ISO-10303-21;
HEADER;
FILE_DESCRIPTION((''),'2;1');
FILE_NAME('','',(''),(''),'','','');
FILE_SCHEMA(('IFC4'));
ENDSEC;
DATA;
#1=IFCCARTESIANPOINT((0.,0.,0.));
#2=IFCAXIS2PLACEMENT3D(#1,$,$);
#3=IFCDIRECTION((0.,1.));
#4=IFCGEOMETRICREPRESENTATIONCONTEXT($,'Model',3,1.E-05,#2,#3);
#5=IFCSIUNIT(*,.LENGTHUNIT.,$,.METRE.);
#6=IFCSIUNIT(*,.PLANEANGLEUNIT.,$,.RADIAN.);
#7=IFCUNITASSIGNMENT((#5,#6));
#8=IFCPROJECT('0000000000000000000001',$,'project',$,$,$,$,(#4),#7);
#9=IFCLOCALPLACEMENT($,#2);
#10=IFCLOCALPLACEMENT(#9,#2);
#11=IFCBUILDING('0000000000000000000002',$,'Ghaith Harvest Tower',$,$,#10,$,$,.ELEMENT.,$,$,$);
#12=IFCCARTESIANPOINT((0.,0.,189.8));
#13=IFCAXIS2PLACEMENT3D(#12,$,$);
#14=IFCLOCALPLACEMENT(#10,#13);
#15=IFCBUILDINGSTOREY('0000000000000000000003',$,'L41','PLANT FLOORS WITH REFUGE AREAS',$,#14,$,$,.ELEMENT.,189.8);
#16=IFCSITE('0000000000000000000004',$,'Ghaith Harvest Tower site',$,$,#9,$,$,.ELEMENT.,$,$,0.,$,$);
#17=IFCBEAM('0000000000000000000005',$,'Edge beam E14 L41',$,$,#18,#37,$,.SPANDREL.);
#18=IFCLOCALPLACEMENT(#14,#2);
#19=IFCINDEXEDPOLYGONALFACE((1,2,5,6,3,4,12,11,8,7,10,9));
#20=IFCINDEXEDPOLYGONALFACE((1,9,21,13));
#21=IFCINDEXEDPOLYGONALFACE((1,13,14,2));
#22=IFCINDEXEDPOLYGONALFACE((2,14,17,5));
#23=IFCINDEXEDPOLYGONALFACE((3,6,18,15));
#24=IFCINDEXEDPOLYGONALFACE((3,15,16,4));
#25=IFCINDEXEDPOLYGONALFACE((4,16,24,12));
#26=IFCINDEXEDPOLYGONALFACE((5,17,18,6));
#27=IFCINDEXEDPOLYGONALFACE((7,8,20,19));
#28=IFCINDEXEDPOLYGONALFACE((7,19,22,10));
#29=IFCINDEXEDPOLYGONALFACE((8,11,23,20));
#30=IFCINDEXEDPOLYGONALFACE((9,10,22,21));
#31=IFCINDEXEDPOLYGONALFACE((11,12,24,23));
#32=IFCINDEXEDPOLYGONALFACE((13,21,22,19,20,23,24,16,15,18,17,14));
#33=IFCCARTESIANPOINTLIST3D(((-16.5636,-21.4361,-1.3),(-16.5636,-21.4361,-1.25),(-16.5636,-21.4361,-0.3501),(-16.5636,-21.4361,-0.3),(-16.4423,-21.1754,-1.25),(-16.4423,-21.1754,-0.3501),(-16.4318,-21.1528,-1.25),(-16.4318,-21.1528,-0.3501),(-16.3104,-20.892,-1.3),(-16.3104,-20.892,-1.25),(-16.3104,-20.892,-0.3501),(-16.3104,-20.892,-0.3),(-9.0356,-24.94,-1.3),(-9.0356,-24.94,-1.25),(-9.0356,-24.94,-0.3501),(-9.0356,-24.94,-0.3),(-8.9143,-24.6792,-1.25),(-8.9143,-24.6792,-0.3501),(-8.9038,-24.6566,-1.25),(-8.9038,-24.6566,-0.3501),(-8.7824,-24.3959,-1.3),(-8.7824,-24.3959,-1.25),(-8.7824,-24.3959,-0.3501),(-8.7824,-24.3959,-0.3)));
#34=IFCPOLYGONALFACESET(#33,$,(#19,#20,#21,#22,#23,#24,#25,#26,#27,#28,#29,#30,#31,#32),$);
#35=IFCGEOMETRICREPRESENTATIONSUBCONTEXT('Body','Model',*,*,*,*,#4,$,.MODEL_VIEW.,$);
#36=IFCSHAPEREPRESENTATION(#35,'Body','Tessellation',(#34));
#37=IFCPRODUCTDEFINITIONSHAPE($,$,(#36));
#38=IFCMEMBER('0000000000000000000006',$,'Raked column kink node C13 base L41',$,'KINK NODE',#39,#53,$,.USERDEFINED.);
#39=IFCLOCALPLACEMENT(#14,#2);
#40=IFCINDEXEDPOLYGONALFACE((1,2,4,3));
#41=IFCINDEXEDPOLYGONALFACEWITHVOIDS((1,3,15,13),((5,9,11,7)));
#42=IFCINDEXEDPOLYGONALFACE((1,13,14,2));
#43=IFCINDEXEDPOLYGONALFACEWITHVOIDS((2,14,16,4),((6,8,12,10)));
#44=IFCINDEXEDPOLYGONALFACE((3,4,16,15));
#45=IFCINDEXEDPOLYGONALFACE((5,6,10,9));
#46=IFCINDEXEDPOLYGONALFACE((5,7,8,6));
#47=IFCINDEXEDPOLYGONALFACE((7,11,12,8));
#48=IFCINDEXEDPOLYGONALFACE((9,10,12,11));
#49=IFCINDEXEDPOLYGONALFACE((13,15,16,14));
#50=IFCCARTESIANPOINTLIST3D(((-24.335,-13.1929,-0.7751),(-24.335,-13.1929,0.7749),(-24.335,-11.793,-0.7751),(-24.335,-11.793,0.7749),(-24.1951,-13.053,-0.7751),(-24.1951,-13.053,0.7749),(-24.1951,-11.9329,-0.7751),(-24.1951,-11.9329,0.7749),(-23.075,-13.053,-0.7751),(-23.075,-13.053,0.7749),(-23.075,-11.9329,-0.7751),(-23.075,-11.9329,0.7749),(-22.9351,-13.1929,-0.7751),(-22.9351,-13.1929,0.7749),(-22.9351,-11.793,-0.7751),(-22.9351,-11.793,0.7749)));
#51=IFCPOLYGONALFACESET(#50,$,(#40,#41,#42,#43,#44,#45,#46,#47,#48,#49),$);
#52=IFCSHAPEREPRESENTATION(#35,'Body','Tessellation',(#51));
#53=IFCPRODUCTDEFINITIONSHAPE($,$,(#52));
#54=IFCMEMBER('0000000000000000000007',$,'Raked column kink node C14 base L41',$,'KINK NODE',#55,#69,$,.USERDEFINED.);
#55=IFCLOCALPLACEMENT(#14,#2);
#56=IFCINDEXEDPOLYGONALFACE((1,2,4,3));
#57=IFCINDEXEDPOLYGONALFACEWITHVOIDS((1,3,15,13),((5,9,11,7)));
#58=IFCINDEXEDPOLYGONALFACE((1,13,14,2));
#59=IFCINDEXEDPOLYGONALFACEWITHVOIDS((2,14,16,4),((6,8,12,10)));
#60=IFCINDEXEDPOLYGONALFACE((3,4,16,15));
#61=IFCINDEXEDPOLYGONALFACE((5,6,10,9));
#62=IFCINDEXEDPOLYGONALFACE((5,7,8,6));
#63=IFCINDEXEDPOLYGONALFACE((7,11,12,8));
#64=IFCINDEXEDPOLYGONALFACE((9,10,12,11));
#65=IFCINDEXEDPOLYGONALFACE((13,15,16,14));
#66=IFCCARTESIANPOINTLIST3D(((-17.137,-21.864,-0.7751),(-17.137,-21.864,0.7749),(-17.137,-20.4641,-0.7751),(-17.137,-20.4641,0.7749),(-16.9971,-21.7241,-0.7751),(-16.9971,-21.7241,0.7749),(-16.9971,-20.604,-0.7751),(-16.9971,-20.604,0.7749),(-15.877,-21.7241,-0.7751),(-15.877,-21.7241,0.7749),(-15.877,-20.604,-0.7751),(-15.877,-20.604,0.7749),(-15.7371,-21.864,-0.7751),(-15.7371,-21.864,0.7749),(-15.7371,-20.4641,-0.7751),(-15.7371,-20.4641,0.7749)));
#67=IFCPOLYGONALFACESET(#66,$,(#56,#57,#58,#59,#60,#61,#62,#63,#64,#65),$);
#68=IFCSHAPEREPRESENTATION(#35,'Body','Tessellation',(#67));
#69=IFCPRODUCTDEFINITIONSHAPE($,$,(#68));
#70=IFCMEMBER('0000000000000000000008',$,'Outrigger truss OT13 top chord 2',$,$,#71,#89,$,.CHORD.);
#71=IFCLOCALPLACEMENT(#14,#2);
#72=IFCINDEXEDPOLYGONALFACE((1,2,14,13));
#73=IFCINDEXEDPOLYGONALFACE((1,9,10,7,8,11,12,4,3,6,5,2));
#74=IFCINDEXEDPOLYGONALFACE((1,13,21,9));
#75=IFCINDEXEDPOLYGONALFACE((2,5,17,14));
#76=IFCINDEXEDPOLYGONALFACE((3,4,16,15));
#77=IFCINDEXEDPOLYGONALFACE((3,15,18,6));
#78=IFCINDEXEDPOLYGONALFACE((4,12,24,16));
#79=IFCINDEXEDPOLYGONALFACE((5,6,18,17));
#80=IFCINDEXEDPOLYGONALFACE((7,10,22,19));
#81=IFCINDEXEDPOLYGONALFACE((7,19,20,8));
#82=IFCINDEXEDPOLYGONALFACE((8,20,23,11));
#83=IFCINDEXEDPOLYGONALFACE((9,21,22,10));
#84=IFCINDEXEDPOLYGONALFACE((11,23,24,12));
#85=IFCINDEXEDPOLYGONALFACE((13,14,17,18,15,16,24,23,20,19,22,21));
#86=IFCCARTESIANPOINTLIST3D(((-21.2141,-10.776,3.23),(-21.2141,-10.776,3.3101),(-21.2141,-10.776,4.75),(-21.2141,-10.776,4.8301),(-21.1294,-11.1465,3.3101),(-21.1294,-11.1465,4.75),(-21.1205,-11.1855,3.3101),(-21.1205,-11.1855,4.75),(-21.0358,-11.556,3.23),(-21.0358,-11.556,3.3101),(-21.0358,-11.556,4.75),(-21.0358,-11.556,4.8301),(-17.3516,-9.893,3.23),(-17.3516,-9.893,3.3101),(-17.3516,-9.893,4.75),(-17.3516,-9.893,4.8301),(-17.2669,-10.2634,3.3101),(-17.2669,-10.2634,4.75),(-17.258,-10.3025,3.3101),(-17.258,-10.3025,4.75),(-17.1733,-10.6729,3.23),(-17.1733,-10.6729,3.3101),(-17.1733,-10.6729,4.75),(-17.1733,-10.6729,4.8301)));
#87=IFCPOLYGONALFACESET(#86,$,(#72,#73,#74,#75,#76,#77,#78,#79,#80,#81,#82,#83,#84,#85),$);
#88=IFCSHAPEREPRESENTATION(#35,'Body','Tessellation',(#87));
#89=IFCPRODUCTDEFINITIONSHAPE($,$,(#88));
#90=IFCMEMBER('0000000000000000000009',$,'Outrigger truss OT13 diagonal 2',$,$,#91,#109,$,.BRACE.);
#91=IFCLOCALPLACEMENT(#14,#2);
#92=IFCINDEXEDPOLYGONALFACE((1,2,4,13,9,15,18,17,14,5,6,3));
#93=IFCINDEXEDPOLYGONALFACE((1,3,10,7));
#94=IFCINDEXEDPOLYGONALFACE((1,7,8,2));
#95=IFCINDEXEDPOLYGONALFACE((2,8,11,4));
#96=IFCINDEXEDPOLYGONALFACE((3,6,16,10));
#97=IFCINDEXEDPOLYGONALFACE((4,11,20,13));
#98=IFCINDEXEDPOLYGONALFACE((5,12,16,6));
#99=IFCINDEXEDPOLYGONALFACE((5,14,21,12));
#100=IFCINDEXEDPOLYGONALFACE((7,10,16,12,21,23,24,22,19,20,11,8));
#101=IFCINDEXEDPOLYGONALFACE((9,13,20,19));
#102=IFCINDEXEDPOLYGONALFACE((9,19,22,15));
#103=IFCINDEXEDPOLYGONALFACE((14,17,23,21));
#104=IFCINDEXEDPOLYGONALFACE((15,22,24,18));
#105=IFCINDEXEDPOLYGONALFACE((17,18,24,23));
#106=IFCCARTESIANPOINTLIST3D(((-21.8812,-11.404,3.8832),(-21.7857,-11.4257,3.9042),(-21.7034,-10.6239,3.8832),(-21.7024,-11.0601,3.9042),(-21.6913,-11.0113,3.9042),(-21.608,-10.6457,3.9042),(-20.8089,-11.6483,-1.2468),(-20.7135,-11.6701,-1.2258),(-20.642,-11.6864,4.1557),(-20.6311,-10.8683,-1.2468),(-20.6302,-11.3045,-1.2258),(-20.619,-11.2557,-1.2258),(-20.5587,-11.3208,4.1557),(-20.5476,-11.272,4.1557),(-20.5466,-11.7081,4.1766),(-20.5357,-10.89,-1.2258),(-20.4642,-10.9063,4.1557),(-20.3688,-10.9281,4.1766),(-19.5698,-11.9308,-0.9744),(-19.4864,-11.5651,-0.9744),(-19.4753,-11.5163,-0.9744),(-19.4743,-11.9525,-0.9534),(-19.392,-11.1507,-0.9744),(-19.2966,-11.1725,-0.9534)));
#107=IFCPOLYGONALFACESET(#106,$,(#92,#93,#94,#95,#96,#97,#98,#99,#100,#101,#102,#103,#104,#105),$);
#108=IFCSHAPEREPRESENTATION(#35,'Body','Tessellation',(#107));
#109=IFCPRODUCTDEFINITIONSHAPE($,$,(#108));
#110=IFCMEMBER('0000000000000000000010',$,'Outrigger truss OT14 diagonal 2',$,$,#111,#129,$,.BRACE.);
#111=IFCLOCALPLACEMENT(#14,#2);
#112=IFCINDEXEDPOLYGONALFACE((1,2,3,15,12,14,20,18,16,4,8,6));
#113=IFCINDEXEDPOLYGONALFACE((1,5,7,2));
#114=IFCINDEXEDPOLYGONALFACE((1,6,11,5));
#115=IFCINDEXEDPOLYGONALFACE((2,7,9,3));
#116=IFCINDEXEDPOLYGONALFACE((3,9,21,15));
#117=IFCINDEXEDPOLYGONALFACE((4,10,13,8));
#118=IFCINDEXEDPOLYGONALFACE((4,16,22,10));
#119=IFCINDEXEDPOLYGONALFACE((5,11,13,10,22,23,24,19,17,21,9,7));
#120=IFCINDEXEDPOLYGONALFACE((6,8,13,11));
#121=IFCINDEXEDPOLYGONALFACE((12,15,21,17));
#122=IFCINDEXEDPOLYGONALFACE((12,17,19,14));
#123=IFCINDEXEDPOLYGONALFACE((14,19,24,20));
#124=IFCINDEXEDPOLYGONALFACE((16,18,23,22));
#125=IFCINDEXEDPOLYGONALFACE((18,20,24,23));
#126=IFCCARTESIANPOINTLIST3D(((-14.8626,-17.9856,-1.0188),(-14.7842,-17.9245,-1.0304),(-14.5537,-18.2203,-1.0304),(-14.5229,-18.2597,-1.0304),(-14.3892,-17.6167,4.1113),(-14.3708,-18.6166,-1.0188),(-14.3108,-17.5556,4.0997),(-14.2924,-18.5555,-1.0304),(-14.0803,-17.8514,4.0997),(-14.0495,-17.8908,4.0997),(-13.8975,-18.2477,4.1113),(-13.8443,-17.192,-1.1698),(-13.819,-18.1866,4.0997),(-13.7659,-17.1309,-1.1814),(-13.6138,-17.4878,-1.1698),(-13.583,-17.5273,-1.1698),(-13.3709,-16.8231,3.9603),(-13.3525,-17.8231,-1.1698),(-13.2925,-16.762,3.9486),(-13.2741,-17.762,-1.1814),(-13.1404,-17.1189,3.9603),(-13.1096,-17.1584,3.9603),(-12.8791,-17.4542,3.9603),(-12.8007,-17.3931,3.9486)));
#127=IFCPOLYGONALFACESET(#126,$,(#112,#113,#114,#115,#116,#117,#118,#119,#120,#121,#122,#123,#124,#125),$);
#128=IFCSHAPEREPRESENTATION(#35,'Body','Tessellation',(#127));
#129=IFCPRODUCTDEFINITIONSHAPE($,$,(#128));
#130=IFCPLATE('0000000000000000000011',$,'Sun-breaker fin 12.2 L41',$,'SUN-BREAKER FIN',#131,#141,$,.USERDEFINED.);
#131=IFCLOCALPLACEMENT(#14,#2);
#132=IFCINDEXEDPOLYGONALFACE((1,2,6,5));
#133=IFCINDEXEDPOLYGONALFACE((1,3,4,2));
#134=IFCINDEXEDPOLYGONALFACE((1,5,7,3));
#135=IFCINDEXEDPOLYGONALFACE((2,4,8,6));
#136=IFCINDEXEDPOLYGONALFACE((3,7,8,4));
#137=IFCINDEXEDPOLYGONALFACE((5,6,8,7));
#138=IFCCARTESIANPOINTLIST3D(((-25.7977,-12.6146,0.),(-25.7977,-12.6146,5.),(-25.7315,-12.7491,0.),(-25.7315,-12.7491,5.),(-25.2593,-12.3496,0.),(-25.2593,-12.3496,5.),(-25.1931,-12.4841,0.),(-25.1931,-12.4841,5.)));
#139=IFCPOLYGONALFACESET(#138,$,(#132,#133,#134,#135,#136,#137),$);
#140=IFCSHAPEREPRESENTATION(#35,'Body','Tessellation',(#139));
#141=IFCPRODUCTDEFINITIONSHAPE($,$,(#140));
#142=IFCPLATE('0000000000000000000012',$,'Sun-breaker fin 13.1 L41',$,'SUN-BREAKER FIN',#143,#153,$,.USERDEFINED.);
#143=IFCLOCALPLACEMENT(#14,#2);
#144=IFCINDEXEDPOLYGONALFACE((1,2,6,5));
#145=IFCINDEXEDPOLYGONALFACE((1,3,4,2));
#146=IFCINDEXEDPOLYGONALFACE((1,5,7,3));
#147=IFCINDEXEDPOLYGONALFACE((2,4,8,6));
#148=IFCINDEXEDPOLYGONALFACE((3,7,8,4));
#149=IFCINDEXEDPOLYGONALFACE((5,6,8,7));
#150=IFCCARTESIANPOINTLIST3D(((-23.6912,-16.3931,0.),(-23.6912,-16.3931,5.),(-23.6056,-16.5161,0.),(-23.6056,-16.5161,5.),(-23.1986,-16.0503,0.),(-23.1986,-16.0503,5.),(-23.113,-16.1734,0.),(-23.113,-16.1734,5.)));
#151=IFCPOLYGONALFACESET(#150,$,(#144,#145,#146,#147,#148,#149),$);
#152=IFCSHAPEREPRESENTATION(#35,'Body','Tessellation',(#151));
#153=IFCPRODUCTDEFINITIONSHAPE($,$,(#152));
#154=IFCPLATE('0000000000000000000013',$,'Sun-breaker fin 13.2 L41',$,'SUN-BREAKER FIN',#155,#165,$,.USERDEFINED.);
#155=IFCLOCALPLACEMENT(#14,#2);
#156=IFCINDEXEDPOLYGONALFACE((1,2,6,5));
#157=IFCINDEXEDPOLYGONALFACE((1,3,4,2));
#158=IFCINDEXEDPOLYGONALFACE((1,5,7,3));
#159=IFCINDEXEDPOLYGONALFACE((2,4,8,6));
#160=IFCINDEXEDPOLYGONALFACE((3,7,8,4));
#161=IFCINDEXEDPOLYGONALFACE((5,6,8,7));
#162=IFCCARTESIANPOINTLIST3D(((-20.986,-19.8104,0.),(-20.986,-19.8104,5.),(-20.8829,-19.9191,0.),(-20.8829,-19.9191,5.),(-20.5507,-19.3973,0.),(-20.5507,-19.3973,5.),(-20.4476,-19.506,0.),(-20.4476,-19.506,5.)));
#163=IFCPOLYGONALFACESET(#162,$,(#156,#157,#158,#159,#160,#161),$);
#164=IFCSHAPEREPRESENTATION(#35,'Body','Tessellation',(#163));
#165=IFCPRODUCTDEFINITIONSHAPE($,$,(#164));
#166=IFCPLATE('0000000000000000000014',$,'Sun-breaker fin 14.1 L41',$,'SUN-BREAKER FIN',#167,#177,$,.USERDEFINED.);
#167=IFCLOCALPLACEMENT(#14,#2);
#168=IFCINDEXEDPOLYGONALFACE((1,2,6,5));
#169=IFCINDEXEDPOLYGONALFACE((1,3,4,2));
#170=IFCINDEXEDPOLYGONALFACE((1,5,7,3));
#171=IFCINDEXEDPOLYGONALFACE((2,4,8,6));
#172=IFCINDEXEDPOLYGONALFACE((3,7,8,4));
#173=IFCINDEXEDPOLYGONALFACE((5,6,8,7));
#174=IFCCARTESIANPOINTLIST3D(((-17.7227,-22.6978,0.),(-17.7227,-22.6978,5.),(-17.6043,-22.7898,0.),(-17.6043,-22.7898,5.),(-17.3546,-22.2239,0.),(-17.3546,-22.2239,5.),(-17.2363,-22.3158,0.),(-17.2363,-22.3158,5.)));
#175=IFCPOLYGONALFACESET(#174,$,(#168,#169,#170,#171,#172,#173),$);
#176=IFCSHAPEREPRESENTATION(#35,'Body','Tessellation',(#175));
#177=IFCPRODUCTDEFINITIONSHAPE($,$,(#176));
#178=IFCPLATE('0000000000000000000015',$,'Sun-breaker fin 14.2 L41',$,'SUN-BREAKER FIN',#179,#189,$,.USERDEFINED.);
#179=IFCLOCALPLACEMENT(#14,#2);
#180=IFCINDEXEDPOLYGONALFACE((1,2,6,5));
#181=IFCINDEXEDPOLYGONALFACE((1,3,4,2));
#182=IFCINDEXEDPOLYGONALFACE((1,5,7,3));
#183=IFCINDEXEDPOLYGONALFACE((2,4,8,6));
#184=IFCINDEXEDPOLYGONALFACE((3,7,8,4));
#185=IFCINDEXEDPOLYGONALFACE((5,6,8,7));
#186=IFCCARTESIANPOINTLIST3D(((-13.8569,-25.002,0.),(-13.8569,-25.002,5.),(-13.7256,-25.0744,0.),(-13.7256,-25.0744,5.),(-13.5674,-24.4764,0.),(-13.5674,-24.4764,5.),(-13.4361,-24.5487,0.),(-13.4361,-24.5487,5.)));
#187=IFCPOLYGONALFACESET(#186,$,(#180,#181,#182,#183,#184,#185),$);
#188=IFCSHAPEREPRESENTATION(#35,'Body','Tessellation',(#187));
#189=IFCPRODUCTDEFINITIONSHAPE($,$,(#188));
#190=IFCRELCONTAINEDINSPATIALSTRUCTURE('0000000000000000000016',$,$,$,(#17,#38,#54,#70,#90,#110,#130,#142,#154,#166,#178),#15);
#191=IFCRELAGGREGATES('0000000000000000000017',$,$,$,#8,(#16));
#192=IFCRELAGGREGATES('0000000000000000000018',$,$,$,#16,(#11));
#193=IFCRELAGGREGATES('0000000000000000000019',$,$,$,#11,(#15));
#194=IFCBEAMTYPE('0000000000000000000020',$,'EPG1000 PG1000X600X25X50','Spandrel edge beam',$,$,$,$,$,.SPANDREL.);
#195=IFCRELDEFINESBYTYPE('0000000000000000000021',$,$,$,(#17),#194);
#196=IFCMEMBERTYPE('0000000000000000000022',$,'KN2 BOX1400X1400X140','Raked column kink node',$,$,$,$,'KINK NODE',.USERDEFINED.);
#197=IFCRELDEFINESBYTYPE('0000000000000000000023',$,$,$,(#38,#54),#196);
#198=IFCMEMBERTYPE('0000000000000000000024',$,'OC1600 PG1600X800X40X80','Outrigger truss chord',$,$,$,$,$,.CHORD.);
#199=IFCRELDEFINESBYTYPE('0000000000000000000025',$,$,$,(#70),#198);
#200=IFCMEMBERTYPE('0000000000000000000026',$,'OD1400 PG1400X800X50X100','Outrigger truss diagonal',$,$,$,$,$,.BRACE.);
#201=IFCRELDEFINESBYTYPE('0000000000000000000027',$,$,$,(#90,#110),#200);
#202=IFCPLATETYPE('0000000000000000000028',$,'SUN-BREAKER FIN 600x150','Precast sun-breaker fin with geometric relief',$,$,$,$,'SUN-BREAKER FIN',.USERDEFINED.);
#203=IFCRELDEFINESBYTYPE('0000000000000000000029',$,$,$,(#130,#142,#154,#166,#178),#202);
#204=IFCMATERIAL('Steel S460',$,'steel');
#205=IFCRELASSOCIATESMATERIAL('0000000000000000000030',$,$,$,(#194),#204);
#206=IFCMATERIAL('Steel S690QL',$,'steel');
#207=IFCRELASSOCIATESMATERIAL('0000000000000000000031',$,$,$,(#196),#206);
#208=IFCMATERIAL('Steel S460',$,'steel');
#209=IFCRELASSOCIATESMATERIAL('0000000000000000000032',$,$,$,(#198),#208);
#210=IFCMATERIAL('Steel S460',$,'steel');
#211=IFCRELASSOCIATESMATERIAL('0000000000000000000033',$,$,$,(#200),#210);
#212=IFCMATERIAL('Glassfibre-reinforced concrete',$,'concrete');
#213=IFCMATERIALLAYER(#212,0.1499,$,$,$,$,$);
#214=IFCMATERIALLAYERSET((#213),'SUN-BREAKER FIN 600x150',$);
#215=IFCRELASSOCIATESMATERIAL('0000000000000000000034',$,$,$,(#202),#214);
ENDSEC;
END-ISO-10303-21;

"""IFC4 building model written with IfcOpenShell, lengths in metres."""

from ifc_helpers import new_model, si_unit, direction, frame, origin, origin_2d, place, context, subcontext, project, spatial, rectangle, hollow_rectangle, i_section, extrude, material, layer, layer_set, material_profile, profile_set, type_object, element, save


model = new_model("IFC4")

# Units and contexts
model_context = context("Model", 3, precision=1e-05, world=origin(), true_north=direction((0.0, 1.0)))
body_context = subcontext(model_context, "Body", "Model", "MODEL_VIEW")
ifc_project = project(units=[si_unit("LENGTHUNIT", "METRE"), si_unit("PLANEANGLEUNIT", "RADIAN")], contexts=[model_context])

# Site, building, storey
site_placement = place(None, origin())
site = spatial("IfcSite", under=ifc_project, at=site_placement, Name="Ghaith Harvest Tower site", CompositionType="ELEMENT", RefElevation=0.0)
building_placement = place(site_placement, origin())
building = spatial("IfcBuilding", under=site, at=building_placement, Name="Ghaith Harvest Tower", CompositionType="ELEMENT")
storey_placement = place(building_placement, frame((0.0, 0.0, 189.8)))
storey = spatial("IfcBuildingStorey", under=building, at=storey_placement, Name="L41", Description="PLANT FLOORS WITH REFUGE AREAS", CompositionType="ELEMENT", Elevation=189.8)

# Beam
ifc_material_1 = material(Name="Steel S460", Category="steel")
ifc_material_profile_1 = material_profile(ifc_material_1, i_section(OverallWidth=0.6001, OverallDepth=1.0, WebThickness=0.0249, FlangeThickness=0.05, at=origin_2d()), Name="PG1000X600X25X50")
ifc_profile_set_1 = profile_set([ifc_material_profile_1], Name="Steel S460")
beam_type = type_object("IfcBeamType", Name="EPG1000 PG1000X600X25X50", Description="Spandrel edge beam", PredefinedType="SPANDREL", material=ifc_profile_set_1)
beam_1_placement = place(storey_placement, frame((-16.437, -21.1641, -0.8), z_axis=(0.906607, -0.421976, 0.0), x_axis=(0.421976, 0.906607, 0.0)))
element("IfcBeam", 1, at=beam_1_placement, inside=storey, type_object=beam_type, Name="Edge beam E14 L41", PredefinedType="SPANDREL", context=body_context, shape_type="SweptSolid", body=[
    extrude(i_section(OverallWidth=0.6001, OverallDepth=1.0, WebThickness=0.0249, FlangeThickness=0.05, at=origin_2d()), origin(), (0.0, 0.0, 1.0), 8.3035),
])

# Members
ifc_material_2 = material(Name="Steel S690QL", Category="steel")
ifc_material_profile_2 = material_profile(ifc_material_2, hollow_rectangle(XDim=1.3999, YDim=1.3999, WallThickness=0.1399, at=origin_2d()), Name="BOX1400X1400X140")
ifc_profile_set_2 = profile_set([ifc_material_profile_2], Name="Steel S690QL")
member_type_1 = type_object("IfcMemberType", Name="KN2 BOX1400X1400X140", Description="Raked column kink node", ElementType="KINK NODE", PredefinedType="USERDEFINED", material=ifc_profile_set_2)
for number, where, z_axis, x_axis, name in (
    (2, (-23.635, -12.4929, -0.7751), (0.0, 0.0, 1.0), (1.0, 0.0, 0.0), "Raked column kink node C13 base L41"),
    (3, (-16.437, -21.1641, -0.7751), (0.0, 0.0, 1.0), (1.0, 0.0, 0.0), "Raked column kink node C14 base L41"),
):
    element("IfcMember", number, at=place(storey_placement, frame(where, z_axis=z_axis, x_axis=x_axis)), inside=storey, type_object=member_type_1, Name=name, ObjectType="KINK NODE", PredefinedType="USERDEFINED", context=body_context, shape_type="SweptSolid", body=[
        extrude(hollow_rectangle(XDim=1.3999, YDim=1.3999, WallThickness=0.1399, at=origin_2d()), origin(), (0.0, 0.0, 1.0), 1.55),
    ])
ifc_material_3 = material(Name="Steel S460", Category="steel")
ifc_material_profile_3 = material_profile(ifc_material_3, i_section(OverallWidth=0.8, OverallDepth=1.6001, WebThickness=0.04, FlangeThickness=0.0801, at=origin_2d()), Name="PG1600X800X40X80")
ifc_profile_set_3 = profile_set([ifc_material_profile_3], Name="Steel S460")
member_type_2 = type_object("IfcMemberType", Name="OC1600 PG1600X800X40X80", Description="Outrigger truss chord", PredefinedType="CHORD", material=ifc_profile_set_3)
member_1_placement = place(storey_placement, frame((-17.2625, -10.283, 4.03), z_axis=(-0.974848, -0.22287, 0.0), x_axis=(0.22287, -0.974848, 0.0)))
element("IfcMember", 4, at=member_1_placement, inside=storey, type_object=member_type_2, Name="Outrigger truss OT13 top chord 2", PredefinedType="CHORD", context=body_context, shape_type="SweptSolid", body=[
    extrude(i_section(OverallWidth=0.8, OverallDepth=1.6001, WebThickness=0.04, FlangeThickness=0.0801, at=origin_2d()), origin(), (0.0, 0.0, 1.0), 3.9622),
])
ifc_material_4 = material(Name="Steel S460", Category="steel")
ifc_material_profile_4 = material_profile(ifc_material_4, i_section(OverallWidth=0.8, OverallDepth=1.3999, WebThickness=0.05, FlangeThickness=0.1001, at=origin_2d()), Name="PG1400X800X50X100")
ifc_profile_set_4 = profile_set([ifc_material_profile_4], Name="Steel S460")
member_type_3 = type_object("IfcMemberType", Name="OD1400 PG1400X800X50X100", Description="Outrigger truss diagonal", PredefinedType="BRACE", material=ifc_profile_set_4)
member_2_placement = place(storey_placement, frame((-20.0527, -11.4104, -1.1001), z_axis=(-0.20437, 0.046579, 0.977785), x_axis=(-0.222216, -0.974997, 0.0)))
element("IfcMember", 5, at=member_2_placement, inside=storey, type_object=member_type_3, Name="Outrigger truss OT13 diagonal 2", PredefinedType="BRACE", context=body_context, shape_type="SweptSolid", body=[
    extrude(i_section(OverallWidth=0.8, OverallDepth=1.3999, WebThickness=0.05, FlangeThickness=0.1001, at=origin_2d()), origin(), (0.0, 0.0, 1.0), 5.2466),
])
member_3_placement = place(storey_placement, frame((-14.0684, -17.8738, -1.1001), z_axis=(0.091651, 0.071421, 0.993227), x_axis=(-0.614673, 0.788782, 0.0)))
element("IfcMember", 6, at=member_3_placement, inside=storey, type_object=member_type_3, Name="Outrigger truss OT14 diagonal 2", PredefinedType="BRACE", context=body_context, shape_type="SweptSolid", body=[
    extrude(i_section(OverallWidth=0.8, OverallDepth=1.3999, WebThickness=0.05, FlangeThickness=0.1001, at=origin_2d()), origin(), (0.0, 0.0, 1.0), 5.165),
])

# Plates
ifc_material_5 = material(Name="Glassfibre-reinforced concrete", Category="concrete")
ifc_layer_1 = layer(ifc_material_5, 0.1499)
ifc_layer_set_1 = layer_set([ifc_layer_1], Name="SUN-BREAKER FIN 600x150")
plate_type = type_object("IfcPlateType", Name="SUN-BREAKER FIN 600x150", Description="Precast sun-breaker fin with geometric relief", ElementType="SUN-BREAKER FIN", PredefinedType="USERDEFINED", material=ifc_layer_set_1)
for number, where, z_axis, x_axis, name in (
    (7, (-25.4954, -12.5493, 0.0), (0.0, 0.0, 1.0), (-0.897201, -0.441622, 0.0), "Sun-breaker fin 12.2 L41"),
    (8, (-23.4021, -16.2832, 0.0), (0.0, 0.0, 1.0), (-0.820845, -0.57115, 0.0), "Sun-breaker fin 13.1 L41"),
    (9, (-20.7168, -19.6582, 0.0), (0.0, 0.0, 1.0), (-0.725396, -0.688331, 0.0), "Sun-breaker fin 13.2 L41"),
    (10, (-17.4795, -22.5068, 0.0), (0.0, 0.0, 1.0), (-0.613378, -0.78979, 0.0), "Sun-breaker fin 14.1 L41"),
    (11, (-13.6465, -24.7754, 0.0), (0.0, 0.0, 1.0), (-0.482462, -0.875917, 0.0), "Sun-breaker fin 14.2 L41"),
):
    element("IfcPlate", number, at=place(storey_placement, frame(where, z_axis=z_axis, x_axis=x_axis)), inside=storey, type_object=plate_type, Name=name, ObjectType="SUN-BREAKER FIN", PredefinedType="USERDEFINED", context=body_context, shape_type="SweptSolid", body=[
        extrude(rectangle(XDim=0.6001, YDim=0.1499, at=origin_2d()), origin(), (0.0, 0.0, 1.0), 5.0),
    ])

save(model, "model.ifc")
